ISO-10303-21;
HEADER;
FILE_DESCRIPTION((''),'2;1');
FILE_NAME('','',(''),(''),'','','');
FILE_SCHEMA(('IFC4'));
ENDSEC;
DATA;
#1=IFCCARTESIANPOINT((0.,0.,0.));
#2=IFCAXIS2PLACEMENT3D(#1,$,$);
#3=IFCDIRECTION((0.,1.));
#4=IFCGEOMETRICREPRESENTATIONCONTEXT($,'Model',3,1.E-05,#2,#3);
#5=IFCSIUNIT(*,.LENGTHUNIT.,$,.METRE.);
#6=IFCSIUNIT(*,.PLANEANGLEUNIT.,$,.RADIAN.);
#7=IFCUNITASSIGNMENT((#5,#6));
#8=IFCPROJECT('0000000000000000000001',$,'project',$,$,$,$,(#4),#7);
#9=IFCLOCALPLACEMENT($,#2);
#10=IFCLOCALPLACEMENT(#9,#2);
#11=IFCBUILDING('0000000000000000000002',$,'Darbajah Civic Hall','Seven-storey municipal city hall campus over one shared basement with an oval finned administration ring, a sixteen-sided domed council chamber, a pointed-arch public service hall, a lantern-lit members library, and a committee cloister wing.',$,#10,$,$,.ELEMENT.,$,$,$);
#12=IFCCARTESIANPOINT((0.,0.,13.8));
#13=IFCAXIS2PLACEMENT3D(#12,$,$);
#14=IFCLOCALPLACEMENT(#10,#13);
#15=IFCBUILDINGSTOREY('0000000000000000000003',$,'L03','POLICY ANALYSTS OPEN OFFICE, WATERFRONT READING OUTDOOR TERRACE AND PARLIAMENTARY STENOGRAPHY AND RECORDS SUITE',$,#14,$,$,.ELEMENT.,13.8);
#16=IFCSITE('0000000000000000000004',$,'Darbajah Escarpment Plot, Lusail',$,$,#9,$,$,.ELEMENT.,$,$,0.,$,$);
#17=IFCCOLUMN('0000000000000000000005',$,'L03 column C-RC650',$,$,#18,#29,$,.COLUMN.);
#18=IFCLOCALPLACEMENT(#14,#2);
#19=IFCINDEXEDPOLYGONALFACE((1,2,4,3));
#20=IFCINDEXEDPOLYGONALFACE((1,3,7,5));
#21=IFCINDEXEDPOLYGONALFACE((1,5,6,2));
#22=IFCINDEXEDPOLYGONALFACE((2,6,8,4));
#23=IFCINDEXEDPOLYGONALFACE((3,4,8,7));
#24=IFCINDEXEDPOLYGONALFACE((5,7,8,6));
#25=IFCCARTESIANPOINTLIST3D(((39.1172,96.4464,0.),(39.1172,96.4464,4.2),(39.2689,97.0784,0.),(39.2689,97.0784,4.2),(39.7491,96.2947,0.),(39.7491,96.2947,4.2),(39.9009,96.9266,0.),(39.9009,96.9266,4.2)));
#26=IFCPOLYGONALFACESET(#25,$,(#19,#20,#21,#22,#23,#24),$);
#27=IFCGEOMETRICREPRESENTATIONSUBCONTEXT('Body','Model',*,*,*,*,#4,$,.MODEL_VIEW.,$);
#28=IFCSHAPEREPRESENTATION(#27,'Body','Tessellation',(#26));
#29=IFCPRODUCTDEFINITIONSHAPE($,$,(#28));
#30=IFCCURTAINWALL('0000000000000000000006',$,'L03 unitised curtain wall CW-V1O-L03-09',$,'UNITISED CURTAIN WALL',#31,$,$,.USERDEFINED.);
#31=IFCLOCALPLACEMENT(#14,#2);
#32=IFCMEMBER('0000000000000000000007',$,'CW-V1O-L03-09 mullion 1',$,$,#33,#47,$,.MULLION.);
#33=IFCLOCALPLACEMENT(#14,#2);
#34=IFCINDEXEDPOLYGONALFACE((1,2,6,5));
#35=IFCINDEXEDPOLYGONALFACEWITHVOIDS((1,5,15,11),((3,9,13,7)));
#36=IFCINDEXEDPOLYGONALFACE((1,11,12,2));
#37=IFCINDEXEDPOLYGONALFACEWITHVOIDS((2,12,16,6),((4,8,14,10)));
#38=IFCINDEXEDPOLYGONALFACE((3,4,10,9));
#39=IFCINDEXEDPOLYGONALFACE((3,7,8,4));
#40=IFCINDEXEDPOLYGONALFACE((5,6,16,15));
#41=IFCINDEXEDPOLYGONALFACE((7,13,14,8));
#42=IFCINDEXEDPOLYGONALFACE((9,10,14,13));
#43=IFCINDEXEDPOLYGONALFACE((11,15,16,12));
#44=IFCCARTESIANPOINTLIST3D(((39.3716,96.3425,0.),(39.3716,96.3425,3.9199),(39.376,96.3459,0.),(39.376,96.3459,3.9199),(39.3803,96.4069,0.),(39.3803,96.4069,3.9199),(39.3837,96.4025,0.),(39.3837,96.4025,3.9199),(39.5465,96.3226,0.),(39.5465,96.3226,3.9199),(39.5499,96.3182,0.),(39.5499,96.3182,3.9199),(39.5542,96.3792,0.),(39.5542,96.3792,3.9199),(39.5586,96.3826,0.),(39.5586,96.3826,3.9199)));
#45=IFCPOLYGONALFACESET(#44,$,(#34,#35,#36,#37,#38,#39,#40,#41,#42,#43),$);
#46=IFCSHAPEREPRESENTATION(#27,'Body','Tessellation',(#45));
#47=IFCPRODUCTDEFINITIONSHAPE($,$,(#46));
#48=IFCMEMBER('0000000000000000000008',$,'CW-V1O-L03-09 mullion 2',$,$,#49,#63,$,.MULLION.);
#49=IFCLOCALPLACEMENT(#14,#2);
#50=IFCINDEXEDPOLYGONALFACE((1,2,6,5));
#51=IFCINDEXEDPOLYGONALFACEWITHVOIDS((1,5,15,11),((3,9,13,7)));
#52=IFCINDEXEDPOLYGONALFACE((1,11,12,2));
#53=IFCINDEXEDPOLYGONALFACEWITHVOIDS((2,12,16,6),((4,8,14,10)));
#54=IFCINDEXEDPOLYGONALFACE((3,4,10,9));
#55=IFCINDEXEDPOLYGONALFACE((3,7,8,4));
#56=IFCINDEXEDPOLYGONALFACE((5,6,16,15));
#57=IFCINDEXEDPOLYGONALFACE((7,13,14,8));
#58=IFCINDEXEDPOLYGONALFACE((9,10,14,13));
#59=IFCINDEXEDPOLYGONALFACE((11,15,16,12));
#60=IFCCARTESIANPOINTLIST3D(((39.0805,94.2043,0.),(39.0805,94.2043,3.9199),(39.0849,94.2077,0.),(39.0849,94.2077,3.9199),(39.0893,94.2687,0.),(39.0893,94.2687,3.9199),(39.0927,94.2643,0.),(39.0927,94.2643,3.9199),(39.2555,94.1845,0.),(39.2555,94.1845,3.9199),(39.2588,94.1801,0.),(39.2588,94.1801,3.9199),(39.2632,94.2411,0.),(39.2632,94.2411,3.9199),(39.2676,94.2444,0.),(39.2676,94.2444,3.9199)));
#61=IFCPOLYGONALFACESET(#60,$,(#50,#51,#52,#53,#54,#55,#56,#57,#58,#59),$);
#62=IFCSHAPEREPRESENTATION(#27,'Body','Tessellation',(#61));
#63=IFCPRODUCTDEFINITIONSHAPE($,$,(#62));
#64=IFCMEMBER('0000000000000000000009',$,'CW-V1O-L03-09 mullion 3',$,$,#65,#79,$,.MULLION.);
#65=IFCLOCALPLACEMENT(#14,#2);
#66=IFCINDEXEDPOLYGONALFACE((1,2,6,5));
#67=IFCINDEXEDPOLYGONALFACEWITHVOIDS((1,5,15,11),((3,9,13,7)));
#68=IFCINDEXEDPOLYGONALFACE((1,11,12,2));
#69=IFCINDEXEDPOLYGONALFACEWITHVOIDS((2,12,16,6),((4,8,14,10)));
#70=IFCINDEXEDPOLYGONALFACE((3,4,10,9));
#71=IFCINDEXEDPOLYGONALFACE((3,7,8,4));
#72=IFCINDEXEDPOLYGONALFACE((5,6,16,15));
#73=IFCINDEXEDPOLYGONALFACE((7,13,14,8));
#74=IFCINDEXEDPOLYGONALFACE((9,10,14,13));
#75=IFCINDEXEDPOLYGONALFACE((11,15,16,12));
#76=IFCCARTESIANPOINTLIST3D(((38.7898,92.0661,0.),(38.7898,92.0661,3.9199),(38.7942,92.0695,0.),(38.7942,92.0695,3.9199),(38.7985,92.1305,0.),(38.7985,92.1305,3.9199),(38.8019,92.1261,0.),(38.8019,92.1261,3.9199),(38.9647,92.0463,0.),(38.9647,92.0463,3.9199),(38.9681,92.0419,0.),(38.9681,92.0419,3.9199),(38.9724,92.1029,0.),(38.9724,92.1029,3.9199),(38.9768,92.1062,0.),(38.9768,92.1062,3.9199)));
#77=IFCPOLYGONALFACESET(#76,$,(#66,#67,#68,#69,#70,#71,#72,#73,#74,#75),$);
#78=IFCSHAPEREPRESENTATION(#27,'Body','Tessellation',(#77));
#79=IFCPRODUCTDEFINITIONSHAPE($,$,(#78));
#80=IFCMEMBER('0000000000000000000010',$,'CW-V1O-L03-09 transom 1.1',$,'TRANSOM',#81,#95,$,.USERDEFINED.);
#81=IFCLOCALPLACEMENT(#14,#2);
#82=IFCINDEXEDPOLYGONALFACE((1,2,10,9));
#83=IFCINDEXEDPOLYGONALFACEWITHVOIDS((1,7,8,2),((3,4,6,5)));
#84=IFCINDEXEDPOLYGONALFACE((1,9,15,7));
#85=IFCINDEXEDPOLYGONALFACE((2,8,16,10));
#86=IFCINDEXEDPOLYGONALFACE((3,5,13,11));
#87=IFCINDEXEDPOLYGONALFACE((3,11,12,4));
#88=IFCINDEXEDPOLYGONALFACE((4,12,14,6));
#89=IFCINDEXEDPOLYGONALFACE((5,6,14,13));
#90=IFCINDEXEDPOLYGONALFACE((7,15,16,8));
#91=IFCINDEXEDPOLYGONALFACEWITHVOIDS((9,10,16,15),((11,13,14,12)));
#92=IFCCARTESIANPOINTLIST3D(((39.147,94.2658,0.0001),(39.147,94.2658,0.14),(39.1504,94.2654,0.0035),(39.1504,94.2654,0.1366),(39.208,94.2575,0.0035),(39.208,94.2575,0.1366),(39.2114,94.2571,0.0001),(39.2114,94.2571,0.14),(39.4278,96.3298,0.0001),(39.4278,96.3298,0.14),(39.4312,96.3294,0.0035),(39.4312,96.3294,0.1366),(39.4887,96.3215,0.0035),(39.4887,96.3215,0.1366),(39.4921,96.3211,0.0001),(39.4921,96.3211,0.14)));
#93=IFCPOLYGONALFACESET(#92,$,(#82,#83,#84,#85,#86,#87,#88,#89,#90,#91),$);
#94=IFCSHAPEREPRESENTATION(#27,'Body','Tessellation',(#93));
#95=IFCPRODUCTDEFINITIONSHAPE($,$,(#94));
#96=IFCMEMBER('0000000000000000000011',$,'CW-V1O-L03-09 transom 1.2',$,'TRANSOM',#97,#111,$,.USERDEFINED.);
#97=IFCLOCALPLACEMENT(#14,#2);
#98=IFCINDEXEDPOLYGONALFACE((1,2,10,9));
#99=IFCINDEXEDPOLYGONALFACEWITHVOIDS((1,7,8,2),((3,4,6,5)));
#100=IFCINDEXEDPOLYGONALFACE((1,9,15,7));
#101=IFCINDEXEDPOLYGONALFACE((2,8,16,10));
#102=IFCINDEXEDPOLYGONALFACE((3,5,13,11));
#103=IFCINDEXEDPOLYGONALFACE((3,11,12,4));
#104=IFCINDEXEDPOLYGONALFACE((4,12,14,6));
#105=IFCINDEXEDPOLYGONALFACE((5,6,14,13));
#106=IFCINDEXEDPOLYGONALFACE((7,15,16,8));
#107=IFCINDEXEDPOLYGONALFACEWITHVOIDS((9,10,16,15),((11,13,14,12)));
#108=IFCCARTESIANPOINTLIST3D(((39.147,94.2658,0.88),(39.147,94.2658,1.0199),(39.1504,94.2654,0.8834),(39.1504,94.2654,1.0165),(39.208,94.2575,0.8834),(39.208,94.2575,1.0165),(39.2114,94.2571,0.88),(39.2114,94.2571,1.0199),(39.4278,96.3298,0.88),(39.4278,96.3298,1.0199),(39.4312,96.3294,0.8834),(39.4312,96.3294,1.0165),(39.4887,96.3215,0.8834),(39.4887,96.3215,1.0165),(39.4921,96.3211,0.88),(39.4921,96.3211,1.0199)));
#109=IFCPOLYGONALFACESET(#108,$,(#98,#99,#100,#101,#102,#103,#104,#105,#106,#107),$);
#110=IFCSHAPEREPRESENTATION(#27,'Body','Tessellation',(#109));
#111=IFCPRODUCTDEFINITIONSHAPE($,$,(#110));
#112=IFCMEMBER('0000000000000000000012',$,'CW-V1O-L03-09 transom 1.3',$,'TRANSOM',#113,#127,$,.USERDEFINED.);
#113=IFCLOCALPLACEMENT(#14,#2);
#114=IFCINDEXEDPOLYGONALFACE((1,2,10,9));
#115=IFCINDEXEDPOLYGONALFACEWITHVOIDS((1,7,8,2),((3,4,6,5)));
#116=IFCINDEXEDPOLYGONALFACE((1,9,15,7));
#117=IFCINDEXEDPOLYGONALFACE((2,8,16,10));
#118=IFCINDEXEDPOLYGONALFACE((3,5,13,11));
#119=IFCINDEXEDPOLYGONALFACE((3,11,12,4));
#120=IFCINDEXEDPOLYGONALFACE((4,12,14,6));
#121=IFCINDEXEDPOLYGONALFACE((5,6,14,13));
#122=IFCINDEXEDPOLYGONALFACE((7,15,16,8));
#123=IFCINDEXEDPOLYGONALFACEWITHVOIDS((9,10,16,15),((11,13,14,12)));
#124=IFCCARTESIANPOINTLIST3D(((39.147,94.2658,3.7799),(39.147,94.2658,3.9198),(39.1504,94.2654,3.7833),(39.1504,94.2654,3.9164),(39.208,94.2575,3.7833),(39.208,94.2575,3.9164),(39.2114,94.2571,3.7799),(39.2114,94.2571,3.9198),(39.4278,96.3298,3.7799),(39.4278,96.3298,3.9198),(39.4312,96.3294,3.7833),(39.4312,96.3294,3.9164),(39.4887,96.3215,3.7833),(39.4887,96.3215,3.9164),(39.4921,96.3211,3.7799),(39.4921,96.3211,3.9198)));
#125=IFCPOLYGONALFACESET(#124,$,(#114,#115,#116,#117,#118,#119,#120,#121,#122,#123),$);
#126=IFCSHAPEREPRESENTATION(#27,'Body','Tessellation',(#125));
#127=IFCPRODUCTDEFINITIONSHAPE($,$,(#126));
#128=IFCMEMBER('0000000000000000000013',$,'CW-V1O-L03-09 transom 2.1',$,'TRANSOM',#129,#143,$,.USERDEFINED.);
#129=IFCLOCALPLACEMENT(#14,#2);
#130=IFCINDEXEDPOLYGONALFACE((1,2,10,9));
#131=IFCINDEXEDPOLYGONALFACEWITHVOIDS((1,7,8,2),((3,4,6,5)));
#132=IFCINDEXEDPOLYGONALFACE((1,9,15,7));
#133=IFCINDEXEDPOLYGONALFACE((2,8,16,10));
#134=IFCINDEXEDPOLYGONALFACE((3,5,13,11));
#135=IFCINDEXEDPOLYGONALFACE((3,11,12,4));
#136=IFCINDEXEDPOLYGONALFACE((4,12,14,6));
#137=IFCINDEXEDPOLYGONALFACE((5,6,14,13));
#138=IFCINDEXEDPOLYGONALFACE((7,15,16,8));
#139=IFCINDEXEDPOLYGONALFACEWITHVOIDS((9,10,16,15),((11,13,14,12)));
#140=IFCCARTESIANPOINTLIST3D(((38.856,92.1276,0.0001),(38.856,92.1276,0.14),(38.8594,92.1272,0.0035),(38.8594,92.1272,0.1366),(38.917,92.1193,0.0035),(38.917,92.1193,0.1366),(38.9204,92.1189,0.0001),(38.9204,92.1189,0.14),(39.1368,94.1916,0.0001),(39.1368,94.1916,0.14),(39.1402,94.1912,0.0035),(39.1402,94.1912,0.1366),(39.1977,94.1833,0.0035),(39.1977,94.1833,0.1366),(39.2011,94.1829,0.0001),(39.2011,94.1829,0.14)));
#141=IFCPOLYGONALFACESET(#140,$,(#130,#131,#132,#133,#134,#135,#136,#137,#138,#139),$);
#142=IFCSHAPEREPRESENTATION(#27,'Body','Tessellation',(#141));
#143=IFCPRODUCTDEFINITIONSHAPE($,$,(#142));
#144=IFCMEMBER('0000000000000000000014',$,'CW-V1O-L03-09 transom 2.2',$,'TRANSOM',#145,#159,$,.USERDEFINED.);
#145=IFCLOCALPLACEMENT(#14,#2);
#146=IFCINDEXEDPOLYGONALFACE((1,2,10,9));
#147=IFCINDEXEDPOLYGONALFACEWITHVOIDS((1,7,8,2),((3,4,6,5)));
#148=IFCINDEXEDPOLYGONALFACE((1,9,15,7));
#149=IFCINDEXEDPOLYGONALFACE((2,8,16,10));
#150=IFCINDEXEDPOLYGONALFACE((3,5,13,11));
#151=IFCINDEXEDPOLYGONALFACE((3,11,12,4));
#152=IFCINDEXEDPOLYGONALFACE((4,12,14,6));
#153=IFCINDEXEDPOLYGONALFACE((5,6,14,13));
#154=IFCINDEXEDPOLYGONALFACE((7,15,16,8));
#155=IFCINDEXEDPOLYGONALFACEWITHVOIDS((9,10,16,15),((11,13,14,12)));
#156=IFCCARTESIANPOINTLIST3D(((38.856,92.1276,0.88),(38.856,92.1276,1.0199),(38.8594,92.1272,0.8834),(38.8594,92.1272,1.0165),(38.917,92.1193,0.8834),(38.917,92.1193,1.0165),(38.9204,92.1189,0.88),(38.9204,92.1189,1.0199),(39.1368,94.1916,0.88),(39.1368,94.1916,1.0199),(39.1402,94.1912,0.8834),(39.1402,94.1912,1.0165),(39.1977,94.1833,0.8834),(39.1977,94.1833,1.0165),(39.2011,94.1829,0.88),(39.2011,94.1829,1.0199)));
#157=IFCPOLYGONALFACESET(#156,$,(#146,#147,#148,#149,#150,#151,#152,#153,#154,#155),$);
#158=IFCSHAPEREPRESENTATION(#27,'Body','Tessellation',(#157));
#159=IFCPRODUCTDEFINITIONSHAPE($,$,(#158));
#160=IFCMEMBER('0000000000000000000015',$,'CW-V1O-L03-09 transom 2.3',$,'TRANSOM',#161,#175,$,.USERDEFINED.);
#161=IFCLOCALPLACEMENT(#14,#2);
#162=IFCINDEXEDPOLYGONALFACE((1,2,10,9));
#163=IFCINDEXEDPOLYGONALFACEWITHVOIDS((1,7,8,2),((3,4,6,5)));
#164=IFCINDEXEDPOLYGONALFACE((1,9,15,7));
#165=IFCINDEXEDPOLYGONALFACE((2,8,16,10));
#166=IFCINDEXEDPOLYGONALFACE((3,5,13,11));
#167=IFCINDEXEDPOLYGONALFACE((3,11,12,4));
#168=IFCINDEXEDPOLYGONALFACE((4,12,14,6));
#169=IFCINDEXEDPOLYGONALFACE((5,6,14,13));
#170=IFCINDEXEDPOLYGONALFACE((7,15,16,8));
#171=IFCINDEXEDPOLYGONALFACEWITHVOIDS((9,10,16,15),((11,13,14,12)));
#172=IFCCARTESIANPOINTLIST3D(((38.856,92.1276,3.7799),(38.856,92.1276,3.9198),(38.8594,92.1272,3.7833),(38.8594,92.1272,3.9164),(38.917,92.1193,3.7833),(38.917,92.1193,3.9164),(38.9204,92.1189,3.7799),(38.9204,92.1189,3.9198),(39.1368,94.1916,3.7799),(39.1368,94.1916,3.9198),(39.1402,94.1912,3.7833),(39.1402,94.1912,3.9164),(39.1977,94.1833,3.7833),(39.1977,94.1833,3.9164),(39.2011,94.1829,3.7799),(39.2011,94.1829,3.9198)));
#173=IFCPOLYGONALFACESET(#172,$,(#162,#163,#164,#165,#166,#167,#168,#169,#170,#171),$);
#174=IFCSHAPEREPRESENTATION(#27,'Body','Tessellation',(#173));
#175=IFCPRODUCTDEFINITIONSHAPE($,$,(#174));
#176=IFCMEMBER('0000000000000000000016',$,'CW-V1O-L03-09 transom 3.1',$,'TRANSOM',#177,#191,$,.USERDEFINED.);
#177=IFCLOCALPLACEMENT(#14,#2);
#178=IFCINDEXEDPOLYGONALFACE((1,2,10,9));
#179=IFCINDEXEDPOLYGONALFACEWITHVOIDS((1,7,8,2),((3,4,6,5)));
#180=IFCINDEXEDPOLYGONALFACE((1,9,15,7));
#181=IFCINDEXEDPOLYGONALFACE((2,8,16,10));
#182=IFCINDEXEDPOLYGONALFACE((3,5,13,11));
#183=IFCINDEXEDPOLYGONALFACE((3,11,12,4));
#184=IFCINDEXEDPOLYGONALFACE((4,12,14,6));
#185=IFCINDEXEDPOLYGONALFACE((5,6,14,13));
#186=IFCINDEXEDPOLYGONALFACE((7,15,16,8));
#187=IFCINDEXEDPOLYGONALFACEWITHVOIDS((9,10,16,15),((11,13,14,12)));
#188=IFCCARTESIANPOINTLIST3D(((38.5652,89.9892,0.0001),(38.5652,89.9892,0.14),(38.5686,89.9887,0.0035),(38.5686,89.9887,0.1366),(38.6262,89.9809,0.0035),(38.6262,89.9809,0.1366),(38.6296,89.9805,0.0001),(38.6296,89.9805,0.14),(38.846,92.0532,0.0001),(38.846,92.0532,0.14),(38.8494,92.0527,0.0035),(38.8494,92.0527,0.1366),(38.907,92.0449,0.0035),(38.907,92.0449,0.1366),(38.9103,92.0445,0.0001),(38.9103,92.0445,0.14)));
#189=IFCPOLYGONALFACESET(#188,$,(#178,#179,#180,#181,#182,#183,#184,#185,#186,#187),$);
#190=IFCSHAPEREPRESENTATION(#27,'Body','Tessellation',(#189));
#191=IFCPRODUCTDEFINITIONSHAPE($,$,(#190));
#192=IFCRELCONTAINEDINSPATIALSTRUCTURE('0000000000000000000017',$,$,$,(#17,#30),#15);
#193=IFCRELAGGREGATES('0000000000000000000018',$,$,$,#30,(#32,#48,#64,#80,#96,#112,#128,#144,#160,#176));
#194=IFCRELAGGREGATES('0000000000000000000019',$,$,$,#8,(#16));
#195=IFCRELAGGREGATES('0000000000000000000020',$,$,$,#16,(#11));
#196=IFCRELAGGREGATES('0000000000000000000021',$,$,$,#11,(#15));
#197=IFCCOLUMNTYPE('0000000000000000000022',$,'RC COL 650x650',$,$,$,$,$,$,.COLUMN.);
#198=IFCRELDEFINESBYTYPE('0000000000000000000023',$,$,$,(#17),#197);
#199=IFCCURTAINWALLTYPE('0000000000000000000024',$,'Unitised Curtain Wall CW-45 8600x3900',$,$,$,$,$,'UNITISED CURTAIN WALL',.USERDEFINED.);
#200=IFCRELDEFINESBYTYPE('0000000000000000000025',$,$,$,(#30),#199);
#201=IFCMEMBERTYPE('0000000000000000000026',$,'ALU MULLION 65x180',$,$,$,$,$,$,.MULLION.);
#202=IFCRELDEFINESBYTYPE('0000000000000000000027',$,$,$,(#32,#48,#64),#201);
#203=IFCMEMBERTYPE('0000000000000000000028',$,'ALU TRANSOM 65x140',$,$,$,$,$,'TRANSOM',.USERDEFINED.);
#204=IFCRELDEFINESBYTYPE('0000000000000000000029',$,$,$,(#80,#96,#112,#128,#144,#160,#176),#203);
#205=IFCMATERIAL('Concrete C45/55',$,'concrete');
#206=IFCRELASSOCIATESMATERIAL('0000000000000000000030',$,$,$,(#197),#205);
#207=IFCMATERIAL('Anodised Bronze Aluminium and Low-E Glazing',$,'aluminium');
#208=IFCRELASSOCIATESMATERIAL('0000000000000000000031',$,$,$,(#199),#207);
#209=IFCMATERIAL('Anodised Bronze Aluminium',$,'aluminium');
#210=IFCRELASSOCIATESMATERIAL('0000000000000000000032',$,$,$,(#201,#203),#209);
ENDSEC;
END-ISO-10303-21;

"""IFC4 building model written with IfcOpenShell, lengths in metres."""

from ifc_helpers import new_model, si_unit, direction, frame, origin, origin_2d, place, context, subcontext, project, spatial, rectangle, hollow_rectangle, extrude, material, material_profile, profile_set, type_object, element, aggregate, save


model = new_model("IFC4")

# Units and contexts
model_context = context("Model", 3, precision=1e-05, world=origin(), true_north=direction((0.0, 1.0)))
body_context = subcontext(model_context, "Body", "Model", "MODEL_VIEW")
ifc_project = project(units=[si_unit("LENGTHUNIT", "METRE"), si_unit("PLANEANGLEUNIT", "RADIAN")], contexts=[model_context])

# Site, building, storey
site_placement = place(None, origin())
site = spatial("IfcSite", under=ifc_project, at=site_placement, Name="Darbajah Escarpment Plot, Lusail", CompositionType="ELEMENT", RefElevation=0.0)
building_placement = place(site_placement, origin())
building = spatial("IfcBuilding", under=site, at=building_placement, Name="Darbajah Civic Hall", Description="Seven-storey municipal city hall campus over one shared basement with an oval finned administration ring, a sixteen-sided domed council chamber, a pointed-arch public service hall, a lantern-lit members library, and a committee cloister wing.", CompositionType="ELEMENT")
storey_placement = place(building_placement, frame((0.0, 0.0, 13.8)))
storey = spatial("IfcBuildingStorey", under=building, at=storey_placement, Name="L03", Description="POLICY ANALYSTS OPEN OFFICE, WATERFRONT READING OUTDOOR TERRACE AND PARLIAMENTARY STENOGRAPHY AND RECORDS SUITE", CompositionType="ELEMENT", Elevation=13.8)

# Column
ifc_material_1 = material(Name="Concrete C45/55", Category="concrete")
ifc_material_profile_1 = material_profile(ifc_material_1, rectangle(XDim=0.6499, YDim=0.6499, at=origin_2d()), Name="RC COL 650x650")
ifc_profile_set_1 = profile_set([ifc_material_profile_1], Name="Concrete C45/55")
column_type = type_object("IfcColumnType", Name="RC COL 650x650", PredefinedType="COLUMN", material=ifc_profile_set_1)
column_placement = place(storey_placement, frame((39.509, 96.6865, 0.0), z_axis=(0.0, 0.0, 1.0), x_axis=(-0.97237, 0.233445, 0.0)))
element("IfcColumn", 1, at=column_placement, inside=storey, type_object=column_type, Name="L03 column C-RC650", PredefinedType="COLUMN", context=body_context, shape_type="SweptSolid", body=[
    extrude(rectangle(XDim=0.6499, YDim=0.6499, at=origin_2d()), origin(), (0.0, 0.0, 1.0), 4.2),
])

# Curtain wall, members
ifc_material_2 = material(Name="Anodised Bronze Aluminium and Low-E Glazing", Category="aluminium")
curtain_wall_type = type_object("IfcCurtainWallType", Name="Unitised Curtain Wall CW-45 8600x3900", ElementType="UNITISED CURTAIN WALL", PredefinedType="USERDEFINED", material=ifc_material_2)
curtain_wall_placement = place(storey_placement, origin())
curtain_wall = element("IfcCurtainWall", 2, at=curtain_wall_placement, inside=storey, type_object=curtain_wall_type, Name="L03 unitised curtain wall CW-V1O-L03-09", ObjectType="UNITISED CURTAIN WALL", PredefinedType="USERDEFINED")
ifc_material_3 = material(Name="Anodised Bronze Aluminium", Category="aluminium")
ifc_material_profile_2 = material_profile(ifc_material_3, hollow_rectangle(XDim=0.0649, YDim=0.1799, WallThickness=0.0039, at=origin_2d()), Name="ALU MULLION 65x180")
ifc_profile_set_2 = profile_set([ifc_material_profile_2], Name="Anodised Bronze Aluminium")
member_type_1 = type_object("IfcMemberType", Name="ALU MULLION 65x180", PredefinedType="MULLION", material=ifc_profile_set_2)
member_1_placement = place(storey_placement, frame((39.4651, 96.3625, 0.0), z_axis=(0.0, 0.0, 1.0), x_axis=(-0.134851, -0.990866, 0.0)))
member_1 = element("IfcMember", 3, at=member_1_placement, type_object=member_type_1, Name="CW-V1O-L03-09 mullion 1", PredefinedType="MULLION", context=body_context, shape_type="SweptSolid", body=[
    extrude(hollow_rectangle(XDim=0.0649, YDim=0.1799, WallThickness=0.0039, at=origin_2d()), origin(), (0.0, 0.0, 1.0), 3.9199),
])
member_2_placement = place(storey_placement, frame((39.1741, 94.2244, 0.0), z_axis=(0.0, 0.0, 1.0), x_axis=(-0.134851, -0.990866, 0.0)))
member_2 = element("IfcMember", 4, at=member_2_placement, type_object=member_type_1, Name="CW-V1O-L03-09 mullion 2", PredefinedType="MULLION", context=body_context, shape_type="SweptSolid", body=[
    extrude(hollow_rectangle(XDim=0.0649, YDim=0.1799, WallThickness=0.0039, at=origin_2d()), origin(), (0.0, 0.0, 1.0), 3.9199),
])
member_3_placement = place(storey_placement, frame((38.8833, 92.0862, 0.0), z_axis=(0.0, 0.0, 1.0), x_axis=(-0.134851, -0.990866, 0.0)))
member_3 = element("IfcMember", 5, at=member_3_placement, type_object=member_type_1, Name="CW-V1O-L03-09 mullion 3", PredefinedType="MULLION", context=body_context, shape_type="SweptSolid", body=[
    extrude(hollow_rectangle(XDim=0.0649, YDim=0.1799, WallThickness=0.0039, at=origin_2d()), origin(), (0.0, 0.0, 1.0), 3.9199),
])
ifc_material_profile_3 = material_profile(ifc_material_3, hollow_rectangle(XDim=0.0649, YDim=0.1399, WallThickness=0.0034, at=origin_2d()), Name="ALU TRANSOM 65x140")
ifc_profile_set_3 = profile_set([ifc_material_profile_3], Name="Anodised Bronze Aluminium")
member_type_2 = type_object("IfcMemberType", Name="ALU TRANSOM 65x140", ElementType="TRANSOM", PredefinedType="USERDEFINED", material=ifc_profile_set_3)
member_4_placement = place(storey_placement, frame((39.46, 96.3254, 0.0701), z_axis=(-0.134789, -0.990874, 0.0), x_axis=(0.990874, -0.134789, 0.0)))
member_4 = element("IfcMember", 6, at=member_4_placement, type_object=member_type_2, Name="CW-V1O-L03-09 transom 1.1", ObjectType="TRANSOM", PredefinedType="USERDEFINED", context=body_context, shape_type="SweptSolid", body=[
    extrude(hollow_rectangle(XDim=0.0649, YDim=0.1399, WallThickness=0.0034, at=origin_2d()), origin(), (0.0, 0.0, 1.0), 2.083),
])
member_5_placement = place(storey_placement, frame((39.46, 96.3254, 0.95), z_axis=(-0.134789, -0.990874, 0.0), x_axis=(0.990874, -0.134789, 0.0)))
member_5 = element("IfcMember", 7, at=member_5_placement, type_object=member_type_2, Name="CW-V1O-L03-09 transom 1.2", ObjectType="TRANSOM", PredefinedType="USERDEFINED", context=body_context, shape_type="SweptSolid", body=[
    extrude(hollow_rectangle(XDim=0.0649, YDim=0.1399, WallThickness=0.0034, at=origin_2d()), origin(), (0.0, 0.0, 1.0), 2.083),
])
member_6_placement = place(storey_placement, frame((39.46, 96.3254, 3.8499), z_axis=(-0.134789, -0.990874, 0.0), x_axis=(0.990874, -0.134789, 0.0)))
member_6 = element("IfcMember", 8, at=member_6_placement, type_object=member_type_2, Name="CW-V1O-L03-09 transom 1.3", ObjectType="TRANSOM", PredefinedType="USERDEFINED", context=body_context, shape_type="SweptSolid", body=[
    extrude(hollow_rectangle(XDim=0.0649, YDim=0.1399, WallThickness=0.0034, at=origin_2d()), origin(), (0.0, 0.0, 1.0), 2.083),
])
member_7_placement = place(storey_placement, frame((39.1689, 94.1873, 0.0701), z_axis=(-0.134789, -0.990874, 0.0), x_axis=(0.990874, -0.134789, 0.0)))
member_7 = element("IfcMember", 9, at=member_7_placement, type_object=member_type_2, Name="CW-V1O-L03-09 transom 2.1", ObjectType="TRANSOM", PredefinedType="USERDEFINED", context=body_context, shape_type="SweptSolid", body=[
    extrude(hollow_rectangle(XDim=0.0649, YDim=0.1399, WallThickness=0.0034, at=origin_2d()), origin(), (0.0, 0.0, 1.0), 2.083),
])
member_8_placement = place(storey_placement, frame((39.1689, 94.1873, 0.95), z_axis=(-0.134789, -0.990874, 0.0), x_axis=(0.990874, -0.134789, 0.0)))
member_8 = element("IfcMember", 10, at=member_8_placement, type_object=member_type_2, Name="CW-V1O-L03-09 transom 2.2", ObjectType="TRANSOM", PredefinedType="USERDEFINED", context=body_context, shape_type="SweptSolid", body=[
    extrude(hollow_rectangle(XDim=0.0649, YDim=0.1399, WallThickness=0.0034, at=origin_2d()), origin(), (0.0, 0.0, 1.0), 2.083),
])
member_9_placement = place(storey_placement, frame((39.1689, 94.1873, 3.8499), z_axis=(-0.134789, -0.990874, 0.0), x_axis=(0.990874, -0.134789, 0.0)))
member_9 = element("IfcMember", 11, at=member_9_placement, type_object=member_type_2, Name="CW-V1O-L03-09 transom 2.3", ObjectType="TRANSOM", PredefinedType="USERDEFINED", context=body_context, shape_type="SweptSolid", body=[
    extrude(hollow_rectangle(XDim=0.0649, YDim=0.1399, WallThickness=0.0034, at=origin_2d()), origin(), (0.0, 0.0, 1.0), 2.083),
])
member_10_placement = place(storey_placement, frame((38.8782, 92.0488, 0.0701), z_axis=(-0.134789, -0.990874, 0.0), x_axis=(0.990874, -0.134789, 0.0)))
member_10 = element("IfcMember", 12, at=member_10_placement, type_object=member_type_2, Name="CW-V1O-L03-09 transom 3.1", ObjectType="TRANSOM", PredefinedType="USERDEFINED", context=body_context, shape_type="SweptSolid", body=[
    extrude(hollow_rectangle(XDim=0.0649, YDim=0.1399, WallThickness=0.0034, at=origin_2d()), origin(), (0.0, 0.0, 1.0), 2.083),
])

aggregate(curtain_wall, [member_1, member_2, member_3, member_4, member_5, member_6, member_7, member_8, member_9, member_10])

save(model, "model.ifc")
